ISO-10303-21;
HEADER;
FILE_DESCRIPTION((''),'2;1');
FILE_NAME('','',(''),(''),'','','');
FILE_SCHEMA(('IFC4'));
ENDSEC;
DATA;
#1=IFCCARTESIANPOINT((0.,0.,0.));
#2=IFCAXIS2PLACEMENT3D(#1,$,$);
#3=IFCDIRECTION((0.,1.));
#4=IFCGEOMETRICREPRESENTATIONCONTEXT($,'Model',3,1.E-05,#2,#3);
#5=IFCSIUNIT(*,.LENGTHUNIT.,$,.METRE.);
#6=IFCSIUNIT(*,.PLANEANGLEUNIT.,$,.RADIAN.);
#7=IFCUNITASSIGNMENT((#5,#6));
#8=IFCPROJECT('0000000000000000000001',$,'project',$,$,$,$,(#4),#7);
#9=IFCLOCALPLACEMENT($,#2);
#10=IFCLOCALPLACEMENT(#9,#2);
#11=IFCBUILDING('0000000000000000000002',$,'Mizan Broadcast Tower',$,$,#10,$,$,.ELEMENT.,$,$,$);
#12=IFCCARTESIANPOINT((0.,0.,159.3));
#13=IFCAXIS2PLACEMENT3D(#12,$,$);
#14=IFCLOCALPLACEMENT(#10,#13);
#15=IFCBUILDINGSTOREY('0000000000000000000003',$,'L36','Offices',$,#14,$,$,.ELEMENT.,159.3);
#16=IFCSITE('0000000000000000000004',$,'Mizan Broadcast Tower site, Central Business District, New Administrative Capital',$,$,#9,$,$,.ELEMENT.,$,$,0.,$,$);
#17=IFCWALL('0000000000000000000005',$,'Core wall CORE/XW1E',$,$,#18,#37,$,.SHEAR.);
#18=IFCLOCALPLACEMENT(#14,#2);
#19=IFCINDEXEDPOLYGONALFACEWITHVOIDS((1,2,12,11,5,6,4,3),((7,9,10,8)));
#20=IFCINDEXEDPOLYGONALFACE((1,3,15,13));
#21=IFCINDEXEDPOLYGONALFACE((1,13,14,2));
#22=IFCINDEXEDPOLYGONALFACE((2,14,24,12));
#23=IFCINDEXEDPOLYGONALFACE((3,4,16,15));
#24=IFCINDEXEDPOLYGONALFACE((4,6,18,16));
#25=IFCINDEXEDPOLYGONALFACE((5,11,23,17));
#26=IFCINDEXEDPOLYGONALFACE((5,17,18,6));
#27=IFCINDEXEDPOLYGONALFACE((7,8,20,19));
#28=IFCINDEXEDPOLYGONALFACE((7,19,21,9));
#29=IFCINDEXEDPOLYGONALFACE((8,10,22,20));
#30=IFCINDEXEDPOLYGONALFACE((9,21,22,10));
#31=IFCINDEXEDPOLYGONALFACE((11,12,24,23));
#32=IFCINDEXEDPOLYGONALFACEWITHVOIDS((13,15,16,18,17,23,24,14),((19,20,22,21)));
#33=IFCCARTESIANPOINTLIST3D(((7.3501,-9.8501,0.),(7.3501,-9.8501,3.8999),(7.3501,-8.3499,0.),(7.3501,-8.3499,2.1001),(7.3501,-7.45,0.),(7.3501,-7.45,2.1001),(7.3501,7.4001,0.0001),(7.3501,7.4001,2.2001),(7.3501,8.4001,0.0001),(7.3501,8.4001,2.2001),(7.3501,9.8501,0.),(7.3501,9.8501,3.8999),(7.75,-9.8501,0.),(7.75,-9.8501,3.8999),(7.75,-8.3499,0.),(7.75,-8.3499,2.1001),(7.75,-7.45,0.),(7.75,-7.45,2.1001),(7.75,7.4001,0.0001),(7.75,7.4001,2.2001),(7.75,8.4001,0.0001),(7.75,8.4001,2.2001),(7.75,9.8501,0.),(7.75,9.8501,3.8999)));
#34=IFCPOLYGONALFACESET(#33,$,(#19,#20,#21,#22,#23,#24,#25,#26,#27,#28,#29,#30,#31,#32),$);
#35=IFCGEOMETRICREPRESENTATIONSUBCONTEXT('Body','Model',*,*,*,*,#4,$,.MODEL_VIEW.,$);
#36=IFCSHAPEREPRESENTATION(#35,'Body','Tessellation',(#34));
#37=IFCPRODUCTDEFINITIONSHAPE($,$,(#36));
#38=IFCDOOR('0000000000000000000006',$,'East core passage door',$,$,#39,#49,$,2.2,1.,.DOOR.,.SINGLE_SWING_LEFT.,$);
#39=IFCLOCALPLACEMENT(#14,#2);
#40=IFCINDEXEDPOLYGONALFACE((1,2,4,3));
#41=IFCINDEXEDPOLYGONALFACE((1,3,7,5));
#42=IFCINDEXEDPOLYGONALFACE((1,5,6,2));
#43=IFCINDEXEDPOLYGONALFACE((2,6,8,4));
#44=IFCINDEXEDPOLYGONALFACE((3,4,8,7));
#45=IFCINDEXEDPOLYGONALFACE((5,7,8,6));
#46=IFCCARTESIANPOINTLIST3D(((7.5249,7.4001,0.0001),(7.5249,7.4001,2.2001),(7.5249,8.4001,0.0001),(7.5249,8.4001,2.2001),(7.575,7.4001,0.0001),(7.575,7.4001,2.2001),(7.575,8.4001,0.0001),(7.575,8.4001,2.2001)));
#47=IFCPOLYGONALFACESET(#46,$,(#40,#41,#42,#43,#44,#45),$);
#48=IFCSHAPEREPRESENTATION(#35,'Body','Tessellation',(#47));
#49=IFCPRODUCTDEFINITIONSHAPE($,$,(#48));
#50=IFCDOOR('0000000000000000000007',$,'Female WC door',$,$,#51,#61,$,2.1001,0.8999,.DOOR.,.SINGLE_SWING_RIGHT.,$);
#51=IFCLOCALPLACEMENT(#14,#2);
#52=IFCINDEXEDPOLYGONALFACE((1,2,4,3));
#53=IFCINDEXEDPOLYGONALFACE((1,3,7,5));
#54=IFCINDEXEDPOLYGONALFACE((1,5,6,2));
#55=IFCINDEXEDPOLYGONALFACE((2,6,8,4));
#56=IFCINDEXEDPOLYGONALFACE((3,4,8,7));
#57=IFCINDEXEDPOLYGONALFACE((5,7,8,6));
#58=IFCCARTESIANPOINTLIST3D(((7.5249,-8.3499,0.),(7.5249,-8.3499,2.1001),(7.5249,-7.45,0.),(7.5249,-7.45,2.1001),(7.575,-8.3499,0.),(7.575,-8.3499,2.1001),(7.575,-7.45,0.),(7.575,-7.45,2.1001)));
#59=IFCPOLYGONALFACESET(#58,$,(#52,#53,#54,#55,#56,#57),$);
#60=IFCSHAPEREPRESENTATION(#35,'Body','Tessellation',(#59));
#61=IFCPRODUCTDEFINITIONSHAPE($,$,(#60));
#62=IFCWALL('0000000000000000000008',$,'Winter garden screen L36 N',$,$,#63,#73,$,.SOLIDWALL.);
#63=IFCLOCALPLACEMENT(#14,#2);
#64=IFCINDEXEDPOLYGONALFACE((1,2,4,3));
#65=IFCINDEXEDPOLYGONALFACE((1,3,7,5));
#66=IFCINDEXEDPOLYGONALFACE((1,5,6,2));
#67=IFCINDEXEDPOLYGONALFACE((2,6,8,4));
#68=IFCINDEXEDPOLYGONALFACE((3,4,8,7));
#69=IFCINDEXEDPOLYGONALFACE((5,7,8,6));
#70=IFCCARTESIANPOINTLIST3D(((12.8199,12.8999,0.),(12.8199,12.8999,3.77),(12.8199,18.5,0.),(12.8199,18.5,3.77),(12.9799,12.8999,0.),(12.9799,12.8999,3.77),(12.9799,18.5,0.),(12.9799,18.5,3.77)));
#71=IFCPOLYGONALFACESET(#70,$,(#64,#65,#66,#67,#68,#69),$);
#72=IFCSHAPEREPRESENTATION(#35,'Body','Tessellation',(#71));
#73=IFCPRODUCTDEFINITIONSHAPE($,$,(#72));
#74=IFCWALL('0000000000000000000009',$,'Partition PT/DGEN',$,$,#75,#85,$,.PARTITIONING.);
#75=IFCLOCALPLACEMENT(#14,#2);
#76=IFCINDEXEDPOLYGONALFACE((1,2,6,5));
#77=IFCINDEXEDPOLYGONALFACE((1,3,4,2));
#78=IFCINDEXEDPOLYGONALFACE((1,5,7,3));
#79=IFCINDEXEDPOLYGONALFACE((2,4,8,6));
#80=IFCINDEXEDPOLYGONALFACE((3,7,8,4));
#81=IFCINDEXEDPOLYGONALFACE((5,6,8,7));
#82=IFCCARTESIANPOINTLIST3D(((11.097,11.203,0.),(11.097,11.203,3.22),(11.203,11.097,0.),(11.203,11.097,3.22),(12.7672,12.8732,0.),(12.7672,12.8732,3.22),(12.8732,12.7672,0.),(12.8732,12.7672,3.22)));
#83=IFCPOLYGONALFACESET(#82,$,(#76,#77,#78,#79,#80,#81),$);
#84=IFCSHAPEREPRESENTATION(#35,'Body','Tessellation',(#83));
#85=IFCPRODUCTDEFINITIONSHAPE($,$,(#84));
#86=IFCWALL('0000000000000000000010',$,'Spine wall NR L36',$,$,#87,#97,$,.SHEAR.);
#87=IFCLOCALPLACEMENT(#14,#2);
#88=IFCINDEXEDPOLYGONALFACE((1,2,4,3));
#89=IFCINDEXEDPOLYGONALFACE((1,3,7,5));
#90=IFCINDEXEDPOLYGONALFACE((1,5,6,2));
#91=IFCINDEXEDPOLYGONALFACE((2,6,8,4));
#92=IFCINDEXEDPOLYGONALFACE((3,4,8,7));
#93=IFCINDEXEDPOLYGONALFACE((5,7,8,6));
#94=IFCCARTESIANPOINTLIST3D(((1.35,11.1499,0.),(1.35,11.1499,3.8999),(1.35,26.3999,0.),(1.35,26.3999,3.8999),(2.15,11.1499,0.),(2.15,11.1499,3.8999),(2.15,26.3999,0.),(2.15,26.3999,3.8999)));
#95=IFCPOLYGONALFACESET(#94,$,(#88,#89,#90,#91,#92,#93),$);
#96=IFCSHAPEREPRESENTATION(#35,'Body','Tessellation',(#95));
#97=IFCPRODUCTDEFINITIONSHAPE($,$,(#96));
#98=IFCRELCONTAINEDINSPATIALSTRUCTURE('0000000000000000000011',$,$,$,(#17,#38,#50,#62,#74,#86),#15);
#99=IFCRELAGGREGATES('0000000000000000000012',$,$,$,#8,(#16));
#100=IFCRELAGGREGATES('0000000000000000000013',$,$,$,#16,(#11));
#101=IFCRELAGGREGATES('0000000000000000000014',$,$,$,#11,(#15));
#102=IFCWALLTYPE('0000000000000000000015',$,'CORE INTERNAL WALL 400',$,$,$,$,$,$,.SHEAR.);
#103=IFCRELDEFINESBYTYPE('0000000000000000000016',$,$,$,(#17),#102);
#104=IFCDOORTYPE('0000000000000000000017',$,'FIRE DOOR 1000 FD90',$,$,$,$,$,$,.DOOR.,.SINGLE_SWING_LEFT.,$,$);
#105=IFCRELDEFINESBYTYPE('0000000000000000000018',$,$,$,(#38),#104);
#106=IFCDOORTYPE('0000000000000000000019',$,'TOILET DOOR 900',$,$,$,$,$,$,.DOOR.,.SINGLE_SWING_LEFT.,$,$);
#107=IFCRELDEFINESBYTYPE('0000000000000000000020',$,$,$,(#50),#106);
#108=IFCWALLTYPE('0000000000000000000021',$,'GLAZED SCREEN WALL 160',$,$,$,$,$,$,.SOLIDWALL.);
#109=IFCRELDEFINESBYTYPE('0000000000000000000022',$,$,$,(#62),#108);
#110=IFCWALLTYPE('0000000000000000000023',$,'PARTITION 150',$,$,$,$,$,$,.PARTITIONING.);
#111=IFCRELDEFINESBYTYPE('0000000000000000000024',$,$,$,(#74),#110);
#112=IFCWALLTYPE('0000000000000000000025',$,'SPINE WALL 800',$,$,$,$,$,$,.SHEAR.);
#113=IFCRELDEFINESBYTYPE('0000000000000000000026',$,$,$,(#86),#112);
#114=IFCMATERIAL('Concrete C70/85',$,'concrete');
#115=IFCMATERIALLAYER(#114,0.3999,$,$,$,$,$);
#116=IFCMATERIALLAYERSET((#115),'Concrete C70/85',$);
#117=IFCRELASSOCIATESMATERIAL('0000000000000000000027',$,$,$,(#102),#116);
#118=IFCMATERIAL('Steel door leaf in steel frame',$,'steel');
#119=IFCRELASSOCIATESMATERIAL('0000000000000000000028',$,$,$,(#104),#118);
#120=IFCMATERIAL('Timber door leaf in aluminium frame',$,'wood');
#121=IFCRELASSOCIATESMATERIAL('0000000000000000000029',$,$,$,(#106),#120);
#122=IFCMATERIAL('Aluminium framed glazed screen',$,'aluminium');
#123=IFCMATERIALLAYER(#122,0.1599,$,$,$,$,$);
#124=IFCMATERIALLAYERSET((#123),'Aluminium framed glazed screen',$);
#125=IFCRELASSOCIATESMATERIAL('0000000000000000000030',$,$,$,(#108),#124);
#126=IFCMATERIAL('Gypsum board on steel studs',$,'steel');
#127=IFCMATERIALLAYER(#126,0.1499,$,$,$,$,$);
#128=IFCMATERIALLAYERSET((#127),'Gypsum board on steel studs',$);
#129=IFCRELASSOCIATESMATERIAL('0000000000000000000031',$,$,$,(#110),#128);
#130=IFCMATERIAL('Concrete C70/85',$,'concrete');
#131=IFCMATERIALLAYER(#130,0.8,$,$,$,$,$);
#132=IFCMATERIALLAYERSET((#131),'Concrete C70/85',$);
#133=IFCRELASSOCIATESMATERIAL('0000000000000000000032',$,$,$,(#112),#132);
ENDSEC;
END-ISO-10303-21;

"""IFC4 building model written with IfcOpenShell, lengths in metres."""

from ifc_helpers import new_model, si_unit, direction, frame, frame_2d, origin, place, context, subcontext, project, spatial, rectangle, extrude, material, layer, layer_set, type_object, element, fill, save


model = new_model("IFC4")

# Units and contexts
model_context = context("Model", 3, precision=1e-05, world=origin(), true_north=direction((0.0, 1.0)))
body_context = subcontext(model_context, "Body", "Model", "MODEL_VIEW")
ifc_project = project(units=[si_unit("LENGTHUNIT", "METRE"), si_unit("PLANEANGLEUNIT", "RADIAN")], contexts=[model_context])

# Site, building, storey
site_placement = place(None, origin())
site = spatial("IfcSite", under=ifc_project, at=site_placement, Name="Mizan Broadcast Tower site, Central Business District, New Administrative Capital", CompositionType="ELEMENT", RefElevation=0.0)
building_placement = place(site_placement, origin())
building = spatial("IfcBuilding", under=site, at=building_placement, Name="Mizan Broadcast Tower", CompositionType="ELEMENT")
storey_placement = place(building_placement, frame((0.0, 0.0, 159.3)))
storey = spatial("IfcBuildingStorey", under=building, at=storey_placement, Name="L36", Description="Offices", CompositionType="ELEMENT", Elevation=159.3)

# Wall, openings, doors
ifc_material_1 = material(Name="Concrete C70/85", Category="concrete")
ifc_layer_1 = layer(ifc_material_1, 0.3999)
ifc_layer_set_1 = layer_set([ifc_layer_1], Name="Concrete C70/85")
wall_type_1 = type_object("IfcWallType", Name="CORE INTERNAL WALL 400", PredefinedType="SHEAR", material=ifc_layer_set_1)
wall_1_placement = place(storey_placement, frame((7.55, 9.8501, 0.0), z_axis=(0.0, 0.0, 1.0), x_axis=(0.0, -1.0, 0.0)))
wall_1 = element("IfcWall", 1, at=wall_1_placement, inside=storey, type_object=wall_type_1, Name="Core wall CORE/XW1E", PredefinedType="SHEAR", context=body_context, shape_type="SweptSolid", body=[
    extrude(rectangle(XDim=19.7002, YDim=0.3999, at=frame_2d((9.8501, 0.0))), origin(), (0.0, 0.0, 1.0), 3.8999),
])
opening_1_placement = place(wall_1_placement, frame((1.45, 0.0, 0.0)))
opening_1 = element("IfcOpeningElement", 2, at=opening_1_placement, cuts=wall_1, PredefinedType="OPENING", context=body_context, shape_type="SweptSolid", body=[
    extrude(rectangle(XDim=1.0, YDim=2.2, at=frame_2d((0.5, 1.1001))), frame((0.0, 0.21, 0.0), z_axis=(0.0, -1.0, 0.0), x_axis=(1.0, 0.0, 0.0)), (0.0, 0.0, 1.0), 0.4199),
])
opening_2_placement = place(wall_1_placement, frame((17.3, 0.0, 0.0)))
opening_2 = element("IfcOpeningElement", 3, at=opening_2_placement, cuts=wall_1, PredefinedType="OPENING", context=body_context, shape_type="SweptSolid", body=[
    extrude(rectangle(XDim=0.8999, YDim=2.1001, at=frame_2d((0.45, 1.05))), frame((0.0, 0.21, 0.0), z_axis=(0.0, -1.0, 0.0), x_axis=(1.0, 0.0, 0.0)), (0.0, 0.0, 1.0), 0.4199),
])
ifc_material_2 = material(Name="Steel door leaf in steel frame", Category="steel")
door_type_1 = type_object("IfcDoorType", Name="FIRE DOOR 1000 FD90", OperationType="SINGLE_SWING_LEFT", PredefinedType="DOOR", material=ifc_material_2)
door_1_placement = place(opening_1_placement, origin())
door_1 = element("IfcDoor", 4, at=door_1_placement, inside=storey, type_object=door_type_1, Name="East core passage door", OperationType="SINGLE_SWING_LEFT", OverallHeight=2.2, OverallWidth=1.0, PredefinedType="DOOR", context=body_context, shape_type="SweptSolid", body=[
    extrude(rectangle(XDim=1.0, YDim=2.2, at=frame_2d((0.5, 1.1001))), frame((0.0, 0.0249, 0.0), z_axis=(0.0, -1.0, 0.0), x_axis=(1.0, 0.0, 0.0)), (0.0, 0.0, 1.0), 0.05),
])
fill(opening_1, door_1)
ifc_material_3 = material(Name="Timber door leaf in aluminium frame", Category="wood")
door_type_2 = type_object("IfcDoorType", Name="TOILET DOOR 900", OperationType="SINGLE_SWING_LEFT", PredefinedType="DOOR", material=ifc_material_3)
door_2_placement = place(opening_2_placement, origin())
door_2 = element("IfcDoor", 5, at=door_2_placement, inside=storey, type_object=door_type_2, Name="Female WC door", OperationType="SINGLE_SWING_RIGHT", OverallHeight=2.1001, OverallWidth=0.8999, PredefinedType="DOOR", context=body_context, shape_type="SweptSolid", body=[
    extrude(rectangle(XDim=0.8999, YDim=2.1001, at=frame_2d((0.45, 1.05))), frame((0.0, 0.0249, 0.0), z_axis=(0.0, -1.0, 0.0), x_axis=(1.0, 0.0, 0.0)), (0.0, 0.0, 1.0), 0.05),
])
fill(opening_2, door_2)

# Walls
ifc_material_4 = material(Name="Aluminium framed glazed screen", Category="aluminium")
ifc_layer_2 = layer(ifc_material_4, 0.1599)
ifc_layer_set_2 = layer_set([ifc_layer_2], Name="Aluminium framed glazed screen")
wall_type_2 = type_object("IfcWallType", Name="GLAZED SCREEN WALL 160", PredefinedType="SOLIDWALL", material=ifc_layer_set_2)
wall_2_placement = place(storey_placement, frame((12.8999, 12.8999, 0.0), z_axis=(0.0, 0.0, 1.0), x_axis=(0.0, 1.0, 0.0)))
element("IfcWall", 6, at=wall_2_placement, inside=storey, type_object=wall_type_2, Name="Winter garden screen L36 N", PredefinedType="SOLIDWALL", context=body_context, shape_type="SweptSolid", body=[
    extrude(rectangle(XDim=5.6001, YDim=0.1599, at=frame_2d((2.8, 0.0))), origin(), (0.0, 0.0, 1.0), 3.77),
])
ifc_material_5 = material(Name="Gypsum board on steel studs", Category="steel")
ifc_layer_3 = layer(ifc_material_5, 0.1499)
ifc_layer_set_3 = layer_set([ifc_layer_3], Name="Gypsum board on steel studs")
wall_type_3 = type_object("IfcWallType", Name="PARTITION 150", PredefinedType="PARTITIONING", material=ifc_layer_set_3)
wall_3_placement = place(storey_placement, frame((11.1499, 11.1499, 0.0), z_axis=(0.0, 0.0, 1.0), x_axis=(0.707107, 0.707107, 0.0)))
element("IfcWall", 7, at=wall_3_placement, inside=storey, type_object=wall_type_3, Name="Partition PT/DGEN", PredefinedType="PARTITIONING", context=body_context, shape_type="SweptSolid", body=[
    extrude(rectangle(XDim=2.3621, YDim=0.1499, at=frame_2d((1.1812, 0.0))), origin(), (0.0, 0.0, 1.0), 3.22),
])
ifc_material_6 = material(Name="Concrete C70/85", Category="concrete")
ifc_layer_4 = layer(ifc_material_6, 0.8)
ifc_layer_set_4 = layer_set([ifc_layer_4], Name="Concrete C70/85")
wall_type_4 = type_object("IfcWallType", Name="SPINE WALL 800", PredefinedType="SHEAR", material=ifc_layer_set_4)
wall_4_placement = place(storey_placement, frame((1.75, 11.1499, 0.0), z_axis=(0.0, 0.0, 1.0), x_axis=(0.0, 1.0, 0.0)))
element("IfcWall", 8, at=wall_4_placement, inside=storey, type_object=wall_type_4, Name="Spine wall NR L36", PredefinedType="SHEAR", context=body_context, shape_type="SweptSolid", body=[
    extrude(rectangle(XDim=15.25, YDim=0.8, at=frame_2d((7.625, 0.0))), origin(), (0.0, 0.0, 1.0), 3.8999),
])

save(model, "model.ifc")
